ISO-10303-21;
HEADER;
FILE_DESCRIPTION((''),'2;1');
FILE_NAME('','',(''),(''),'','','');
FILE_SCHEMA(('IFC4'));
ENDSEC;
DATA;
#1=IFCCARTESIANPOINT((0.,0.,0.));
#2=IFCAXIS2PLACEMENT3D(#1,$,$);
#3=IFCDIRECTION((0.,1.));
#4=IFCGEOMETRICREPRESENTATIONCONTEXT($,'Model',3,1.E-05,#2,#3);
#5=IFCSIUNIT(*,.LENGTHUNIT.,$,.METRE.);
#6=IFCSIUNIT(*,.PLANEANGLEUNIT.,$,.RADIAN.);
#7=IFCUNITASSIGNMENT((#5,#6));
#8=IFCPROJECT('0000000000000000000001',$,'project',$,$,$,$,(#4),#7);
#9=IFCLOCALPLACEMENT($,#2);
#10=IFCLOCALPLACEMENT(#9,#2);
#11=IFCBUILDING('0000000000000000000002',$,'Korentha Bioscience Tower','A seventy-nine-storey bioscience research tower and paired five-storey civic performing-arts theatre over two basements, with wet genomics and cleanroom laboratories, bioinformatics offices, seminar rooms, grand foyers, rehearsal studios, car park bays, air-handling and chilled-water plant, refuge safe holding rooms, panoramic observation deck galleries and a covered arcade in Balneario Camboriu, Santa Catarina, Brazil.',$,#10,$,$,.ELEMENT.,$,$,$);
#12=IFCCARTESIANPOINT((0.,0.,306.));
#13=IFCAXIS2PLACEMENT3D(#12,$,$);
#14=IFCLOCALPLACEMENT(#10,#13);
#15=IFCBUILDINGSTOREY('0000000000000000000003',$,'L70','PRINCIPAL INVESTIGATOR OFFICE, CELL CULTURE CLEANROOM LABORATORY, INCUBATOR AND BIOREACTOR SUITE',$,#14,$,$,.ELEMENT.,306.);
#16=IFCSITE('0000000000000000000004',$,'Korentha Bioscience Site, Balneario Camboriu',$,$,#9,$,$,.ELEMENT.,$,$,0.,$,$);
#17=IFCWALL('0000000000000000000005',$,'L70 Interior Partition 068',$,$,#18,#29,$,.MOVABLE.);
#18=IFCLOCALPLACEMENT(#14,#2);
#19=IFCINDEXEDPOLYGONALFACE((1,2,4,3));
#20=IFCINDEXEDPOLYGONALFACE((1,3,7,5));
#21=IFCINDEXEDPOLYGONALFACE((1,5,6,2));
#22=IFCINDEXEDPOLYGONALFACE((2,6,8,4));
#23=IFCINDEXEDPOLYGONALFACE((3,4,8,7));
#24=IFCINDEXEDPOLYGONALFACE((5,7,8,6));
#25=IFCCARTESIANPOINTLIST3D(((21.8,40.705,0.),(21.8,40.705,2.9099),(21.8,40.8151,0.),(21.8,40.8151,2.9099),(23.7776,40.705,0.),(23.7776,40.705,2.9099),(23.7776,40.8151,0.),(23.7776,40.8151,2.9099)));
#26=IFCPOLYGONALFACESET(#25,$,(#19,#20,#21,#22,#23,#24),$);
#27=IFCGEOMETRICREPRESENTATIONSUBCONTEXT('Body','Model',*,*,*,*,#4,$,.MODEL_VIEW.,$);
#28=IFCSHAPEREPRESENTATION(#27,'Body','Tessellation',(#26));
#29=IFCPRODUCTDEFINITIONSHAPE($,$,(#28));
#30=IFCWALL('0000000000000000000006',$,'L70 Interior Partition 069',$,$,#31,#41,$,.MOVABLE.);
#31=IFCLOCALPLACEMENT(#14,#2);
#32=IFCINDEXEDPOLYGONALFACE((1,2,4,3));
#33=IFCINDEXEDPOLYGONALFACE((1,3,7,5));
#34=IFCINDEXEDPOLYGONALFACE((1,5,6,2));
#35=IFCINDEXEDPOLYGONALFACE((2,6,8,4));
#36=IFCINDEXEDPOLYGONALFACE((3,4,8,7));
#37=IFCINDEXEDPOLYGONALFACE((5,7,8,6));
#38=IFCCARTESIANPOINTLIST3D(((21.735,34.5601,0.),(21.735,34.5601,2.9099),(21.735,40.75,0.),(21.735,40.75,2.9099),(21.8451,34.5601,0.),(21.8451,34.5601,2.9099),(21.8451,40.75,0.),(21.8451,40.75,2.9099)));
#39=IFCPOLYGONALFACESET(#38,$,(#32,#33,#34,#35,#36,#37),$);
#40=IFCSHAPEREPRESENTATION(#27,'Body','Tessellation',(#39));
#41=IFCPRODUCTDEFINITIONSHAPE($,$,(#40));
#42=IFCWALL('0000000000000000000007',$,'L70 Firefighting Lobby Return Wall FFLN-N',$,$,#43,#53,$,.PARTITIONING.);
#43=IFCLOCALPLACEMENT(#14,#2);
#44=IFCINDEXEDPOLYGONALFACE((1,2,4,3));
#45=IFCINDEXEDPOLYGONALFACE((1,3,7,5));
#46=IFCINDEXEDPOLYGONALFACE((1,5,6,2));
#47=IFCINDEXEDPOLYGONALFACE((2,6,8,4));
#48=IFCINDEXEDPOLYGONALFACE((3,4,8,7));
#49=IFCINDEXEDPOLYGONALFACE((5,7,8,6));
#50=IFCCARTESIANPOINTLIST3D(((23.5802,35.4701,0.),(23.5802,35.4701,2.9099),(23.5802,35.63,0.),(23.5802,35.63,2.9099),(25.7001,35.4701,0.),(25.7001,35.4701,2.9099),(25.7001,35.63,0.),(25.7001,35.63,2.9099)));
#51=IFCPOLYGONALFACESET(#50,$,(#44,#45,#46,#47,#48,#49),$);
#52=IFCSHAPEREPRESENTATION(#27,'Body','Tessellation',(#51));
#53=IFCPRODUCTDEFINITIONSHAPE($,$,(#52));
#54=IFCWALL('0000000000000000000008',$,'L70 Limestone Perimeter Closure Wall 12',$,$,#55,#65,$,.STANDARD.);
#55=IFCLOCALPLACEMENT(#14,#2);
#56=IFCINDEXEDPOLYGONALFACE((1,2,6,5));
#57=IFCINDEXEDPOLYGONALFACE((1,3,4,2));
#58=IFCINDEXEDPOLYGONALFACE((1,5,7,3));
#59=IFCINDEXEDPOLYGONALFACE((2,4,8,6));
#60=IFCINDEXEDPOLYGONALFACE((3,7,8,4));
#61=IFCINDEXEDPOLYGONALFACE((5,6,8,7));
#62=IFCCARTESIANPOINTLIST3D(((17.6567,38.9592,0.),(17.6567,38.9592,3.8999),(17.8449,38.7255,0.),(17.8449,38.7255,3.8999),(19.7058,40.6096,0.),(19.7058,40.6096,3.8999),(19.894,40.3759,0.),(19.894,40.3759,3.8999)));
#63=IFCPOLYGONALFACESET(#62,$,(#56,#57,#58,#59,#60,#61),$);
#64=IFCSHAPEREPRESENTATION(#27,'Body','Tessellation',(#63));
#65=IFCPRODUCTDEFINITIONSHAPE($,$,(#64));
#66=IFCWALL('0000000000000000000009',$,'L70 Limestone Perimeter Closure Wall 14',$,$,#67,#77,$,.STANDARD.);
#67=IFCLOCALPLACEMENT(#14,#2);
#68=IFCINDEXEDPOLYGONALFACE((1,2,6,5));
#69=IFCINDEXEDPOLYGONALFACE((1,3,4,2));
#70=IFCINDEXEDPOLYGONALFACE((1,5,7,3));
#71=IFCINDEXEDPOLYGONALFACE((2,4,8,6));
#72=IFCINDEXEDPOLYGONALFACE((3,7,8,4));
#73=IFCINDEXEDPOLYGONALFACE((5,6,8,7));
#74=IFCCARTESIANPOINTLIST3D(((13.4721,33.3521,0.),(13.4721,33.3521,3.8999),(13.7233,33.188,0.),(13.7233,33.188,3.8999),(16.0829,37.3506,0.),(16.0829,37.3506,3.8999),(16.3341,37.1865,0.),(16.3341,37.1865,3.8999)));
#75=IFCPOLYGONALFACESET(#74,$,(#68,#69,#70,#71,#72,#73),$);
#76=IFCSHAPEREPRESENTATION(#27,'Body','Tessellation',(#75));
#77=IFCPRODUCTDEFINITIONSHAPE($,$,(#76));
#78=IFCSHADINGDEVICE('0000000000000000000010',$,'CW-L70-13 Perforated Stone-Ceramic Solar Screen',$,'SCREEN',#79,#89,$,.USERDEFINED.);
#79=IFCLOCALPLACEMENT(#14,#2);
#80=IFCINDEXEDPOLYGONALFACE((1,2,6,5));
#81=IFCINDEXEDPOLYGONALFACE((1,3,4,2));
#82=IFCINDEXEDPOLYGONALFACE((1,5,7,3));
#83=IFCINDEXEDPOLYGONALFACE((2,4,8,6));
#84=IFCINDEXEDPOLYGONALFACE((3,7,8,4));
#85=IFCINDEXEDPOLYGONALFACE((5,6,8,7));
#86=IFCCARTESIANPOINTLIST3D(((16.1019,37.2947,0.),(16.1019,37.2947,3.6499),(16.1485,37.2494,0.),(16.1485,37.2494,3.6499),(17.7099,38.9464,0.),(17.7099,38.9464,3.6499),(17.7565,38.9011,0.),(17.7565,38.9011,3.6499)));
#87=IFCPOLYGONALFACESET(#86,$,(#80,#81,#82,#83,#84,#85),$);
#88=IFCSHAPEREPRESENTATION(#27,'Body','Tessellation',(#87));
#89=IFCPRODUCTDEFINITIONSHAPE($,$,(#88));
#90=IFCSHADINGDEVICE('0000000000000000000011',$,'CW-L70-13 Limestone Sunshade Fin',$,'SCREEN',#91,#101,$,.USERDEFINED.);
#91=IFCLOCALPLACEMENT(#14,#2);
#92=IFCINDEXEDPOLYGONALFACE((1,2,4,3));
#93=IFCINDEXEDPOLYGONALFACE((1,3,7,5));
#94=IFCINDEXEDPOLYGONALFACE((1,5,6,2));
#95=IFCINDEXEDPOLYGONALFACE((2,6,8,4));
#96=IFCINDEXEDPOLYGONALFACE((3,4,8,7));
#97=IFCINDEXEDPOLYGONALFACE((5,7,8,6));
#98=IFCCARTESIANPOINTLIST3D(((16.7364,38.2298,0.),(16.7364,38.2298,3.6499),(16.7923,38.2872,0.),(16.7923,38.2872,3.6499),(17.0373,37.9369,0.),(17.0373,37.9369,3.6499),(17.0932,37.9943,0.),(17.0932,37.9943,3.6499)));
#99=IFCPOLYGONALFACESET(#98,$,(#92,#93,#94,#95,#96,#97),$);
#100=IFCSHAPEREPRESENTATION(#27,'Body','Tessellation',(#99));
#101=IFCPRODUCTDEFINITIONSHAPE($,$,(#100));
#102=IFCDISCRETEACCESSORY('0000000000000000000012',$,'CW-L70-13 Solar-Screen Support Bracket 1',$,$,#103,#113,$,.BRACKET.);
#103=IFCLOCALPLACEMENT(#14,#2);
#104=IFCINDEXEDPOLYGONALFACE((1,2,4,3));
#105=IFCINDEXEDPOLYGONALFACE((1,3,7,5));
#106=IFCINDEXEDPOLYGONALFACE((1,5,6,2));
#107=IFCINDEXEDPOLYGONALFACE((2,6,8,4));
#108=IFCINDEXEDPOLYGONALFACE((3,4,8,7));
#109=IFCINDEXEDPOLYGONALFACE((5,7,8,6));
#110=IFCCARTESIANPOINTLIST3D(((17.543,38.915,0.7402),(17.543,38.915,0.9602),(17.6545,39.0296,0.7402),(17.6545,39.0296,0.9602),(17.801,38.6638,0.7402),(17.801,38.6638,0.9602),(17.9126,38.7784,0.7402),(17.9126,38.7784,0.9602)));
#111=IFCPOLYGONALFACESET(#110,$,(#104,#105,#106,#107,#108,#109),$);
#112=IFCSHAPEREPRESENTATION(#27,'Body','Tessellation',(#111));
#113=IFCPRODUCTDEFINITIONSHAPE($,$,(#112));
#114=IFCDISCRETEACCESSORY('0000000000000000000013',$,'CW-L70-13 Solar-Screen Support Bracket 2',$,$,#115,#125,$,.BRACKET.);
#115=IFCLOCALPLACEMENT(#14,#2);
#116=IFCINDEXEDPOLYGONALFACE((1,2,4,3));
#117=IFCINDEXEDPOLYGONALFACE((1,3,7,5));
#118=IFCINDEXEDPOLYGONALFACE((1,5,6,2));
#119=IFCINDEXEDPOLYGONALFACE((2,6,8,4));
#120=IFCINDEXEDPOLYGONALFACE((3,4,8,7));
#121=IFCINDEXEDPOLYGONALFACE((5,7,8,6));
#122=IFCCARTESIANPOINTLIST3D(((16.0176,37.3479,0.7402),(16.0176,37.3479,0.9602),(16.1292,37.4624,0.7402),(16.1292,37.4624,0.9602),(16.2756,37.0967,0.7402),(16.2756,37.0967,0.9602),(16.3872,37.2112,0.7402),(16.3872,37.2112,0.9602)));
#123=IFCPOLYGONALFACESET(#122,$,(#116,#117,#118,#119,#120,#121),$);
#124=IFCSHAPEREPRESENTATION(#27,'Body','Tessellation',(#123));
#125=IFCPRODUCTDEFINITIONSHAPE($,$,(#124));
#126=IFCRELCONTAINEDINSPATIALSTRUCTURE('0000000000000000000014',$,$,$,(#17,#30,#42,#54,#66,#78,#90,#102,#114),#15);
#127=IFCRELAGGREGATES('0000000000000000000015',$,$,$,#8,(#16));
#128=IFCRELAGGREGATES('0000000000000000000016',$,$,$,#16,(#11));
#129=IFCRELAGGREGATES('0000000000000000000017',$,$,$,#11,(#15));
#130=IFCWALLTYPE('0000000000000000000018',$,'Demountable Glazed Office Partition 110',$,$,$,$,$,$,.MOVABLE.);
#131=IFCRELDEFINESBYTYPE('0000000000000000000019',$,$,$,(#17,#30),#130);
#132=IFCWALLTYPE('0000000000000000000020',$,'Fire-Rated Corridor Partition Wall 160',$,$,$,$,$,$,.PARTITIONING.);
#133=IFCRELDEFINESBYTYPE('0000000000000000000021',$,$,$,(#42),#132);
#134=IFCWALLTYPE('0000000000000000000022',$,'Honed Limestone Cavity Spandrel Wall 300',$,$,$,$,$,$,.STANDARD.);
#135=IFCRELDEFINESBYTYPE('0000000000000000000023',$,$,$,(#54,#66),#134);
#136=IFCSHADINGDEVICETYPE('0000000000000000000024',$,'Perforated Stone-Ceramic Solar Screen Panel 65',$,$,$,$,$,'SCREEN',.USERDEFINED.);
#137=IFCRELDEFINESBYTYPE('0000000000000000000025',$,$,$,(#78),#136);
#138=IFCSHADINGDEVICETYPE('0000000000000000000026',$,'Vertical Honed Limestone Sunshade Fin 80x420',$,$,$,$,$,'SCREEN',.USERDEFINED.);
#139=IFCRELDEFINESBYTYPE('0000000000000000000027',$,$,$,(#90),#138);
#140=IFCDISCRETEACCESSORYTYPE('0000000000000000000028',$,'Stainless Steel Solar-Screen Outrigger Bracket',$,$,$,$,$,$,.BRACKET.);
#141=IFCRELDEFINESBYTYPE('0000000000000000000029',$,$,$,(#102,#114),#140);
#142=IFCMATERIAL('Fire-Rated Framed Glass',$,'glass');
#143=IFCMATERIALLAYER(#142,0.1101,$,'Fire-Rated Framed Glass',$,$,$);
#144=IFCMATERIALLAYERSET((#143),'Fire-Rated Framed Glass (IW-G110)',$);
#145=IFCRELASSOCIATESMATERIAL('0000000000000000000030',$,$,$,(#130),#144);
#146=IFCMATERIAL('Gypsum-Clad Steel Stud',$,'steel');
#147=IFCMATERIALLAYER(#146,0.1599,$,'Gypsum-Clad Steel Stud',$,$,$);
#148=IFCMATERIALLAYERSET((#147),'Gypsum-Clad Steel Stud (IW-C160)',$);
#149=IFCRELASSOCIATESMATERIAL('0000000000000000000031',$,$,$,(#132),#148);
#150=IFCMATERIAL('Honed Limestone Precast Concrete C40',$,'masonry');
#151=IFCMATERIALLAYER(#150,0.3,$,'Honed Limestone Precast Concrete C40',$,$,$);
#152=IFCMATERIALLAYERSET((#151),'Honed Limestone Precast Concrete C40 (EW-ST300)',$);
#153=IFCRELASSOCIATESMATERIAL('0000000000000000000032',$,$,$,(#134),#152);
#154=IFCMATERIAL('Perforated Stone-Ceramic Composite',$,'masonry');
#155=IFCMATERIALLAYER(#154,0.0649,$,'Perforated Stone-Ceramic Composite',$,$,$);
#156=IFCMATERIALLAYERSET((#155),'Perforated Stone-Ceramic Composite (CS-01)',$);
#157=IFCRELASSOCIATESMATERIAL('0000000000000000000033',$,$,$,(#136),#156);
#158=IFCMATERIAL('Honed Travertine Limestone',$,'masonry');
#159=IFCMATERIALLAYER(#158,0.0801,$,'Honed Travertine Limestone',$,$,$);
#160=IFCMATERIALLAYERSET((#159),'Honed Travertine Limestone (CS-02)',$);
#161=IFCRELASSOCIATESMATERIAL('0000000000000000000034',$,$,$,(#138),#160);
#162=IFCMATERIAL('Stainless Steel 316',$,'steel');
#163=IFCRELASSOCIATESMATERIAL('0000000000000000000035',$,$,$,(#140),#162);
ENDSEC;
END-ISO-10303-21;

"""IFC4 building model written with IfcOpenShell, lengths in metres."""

from ifc_helpers import new_model, si_unit, direction, frame, frame_2d, origin, origin_2d, place, context, subcontext, project, spatial, rectangle, extrude, material, layer, layer_set, type_object, element, save


model = new_model("IFC4")

# Units and contexts
model_context = context("Model", 3, precision=1e-05, world=origin(), true_north=direction((0.0, 1.0)))
body_context = subcontext(model_context, "Body", "Model", "MODEL_VIEW")
ifc_project = project(units=[si_unit("LENGTHUNIT", "METRE"), si_unit("PLANEANGLEUNIT", "RADIAN")], contexts=[model_context])

# Site, building, storey
site_placement = place(None, origin())
site = spatial("IfcSite", under=ifc_project, at=site_placement, Name="Korentha Bioscience Site, Balneario Camboriu", CompositionType="ELEMENT", RefElevation=0.0)
building_placement = place(site_placement, origin())
building = spatial("IfcBuilding", under=site, at=building_placement, Name="Korentha Bioscience Tower", Description="A seventy-nine-storey bioscience research tower and paired five-storey civic performing-arts theatre over two basements, with wet genomics and cleanroom laboratories, bioinformatics offices, seminar rooms, grand foyers, rehearsal studios, car park bays, air-handling and chilled-water plant, refuge safe holding rooms, panoramic observation deck galleries and a covered arcade in Balneario Camboriu, Santa Catarina, Brazil.", CompositionType="ELEMENT")
storey_placement = place(building_placement, frame((0.0, 0.0, 306.0)))
storey = spatial("IfcBuildingStorey", under=building, at=storey_placement, Name="L70", Description="PRINCIPAL INVESTIGATOR OFFICE, CELL CULTURE CLEANROOM LABORATORY, INCUBATOR AND BIOREACTOR SUITE", CompositionType="ELEMENT", Elevation=306.0)

# Walls
ifc_material_1 = material(Name="Fire-Rated Framed Glass", Category="glass")
ifc_layer_1 = layer(ifc_material_1, 0.1101, Name="Fire-Rated Framed Glass")
ifc_layer_set_1 = layer_set([ifc_layer_1], Name="Fire-Rated Framed Glass (IW-G110)")
wall_type_1 = type_object("IfcWallType", Name="Demountable Glazed Office Partition 110", PredefinedType="MOVABLE", material=ifc_layer_set_1)
wall_1_placement = place(storey_placement, frame((23.7776, 40.76, 0.0), z_axis=(0.0, 0.0, 1.0), x_axis=(-1.0, 0.0, 0.0)))
element("IfcWall", 1, at=wall_1_placement, inside=storey, type_object=wall_type_1, Name="L70 Interior Partition 068", PredefinedType="MOVABLE", context=body_context, shape_type="SweptSolid", body=[
    extrude(rectangle(XDim=1.9775, YDim=0.1101, at=frame_2d((0.9888, 0.0))), origin(), (0.0, 0.0, 1.0), 2.9099),
])
wall_2_placement = place(storey_placement, frame((21.79, 40.75, 0.0), z_axis=(0.0, 0.0, 1.0), x_axis=(0.0, -1.0, 0.0)))
element("IfcWall", 2, at=wall_2_placement, inside=storey, type_object=wall_type_1, Name="L70 Interior Partition 069", PredefinedType="MOVABLE", context=body_context, shape_type="SweptSolid", body=[
    extrude(rectangle(XDim=6.1899, YDim=0.1101, at=frame_2d((3.095, 0.0))), origin(), (0.0, 0.0, 1.0), 2.9099),
])
ifc_material_2 = material(Name="Gypsum-Clad Steel Stud", Category="steel")
ifc_layer_2 = layer(ifc_material_2, 0.1599, Name="Gypsum-Clad Steel Stud")
ifc_layer_set_2 = layer_set([ifc_layer_2], Name="Gypsum-Clad Steel Stud (IW-C160)")
wall_type_2 = type_object("IfcWallType", Name="Fire-Rated Corridor Partition Wall 160", PredefinedType="PARTITIONING", material=ifc_layer_set_2)
wall_3_placement = place(storey_placement, frame((23.5801, 35.55, 0.0), z_axis=(0.0, 0.0, 1.0), x_axis=(1.0, 0.0, 0.0)))
element("IfcWall", 3, at=wall_3_placement, inside=storey, type_object=wall_type_2, Name="L70 Firefighting Lobby Return Wall FFLN-N", PredefinedType="PARTITIONING", context=body_context, shape_type="SweptSolid", body=[
    extrude(rectangle(XDim=2.1199, YDim=0.1599, at=frame_2d((1.0601, 0.0))), origin(), (0.0, 0.0, 1.0), 2.9099),
])
ifc_material_3 = material(Name="Honed Limestone Precast Concrete C40", Category="masonry")
ifc_layer_3 = layer(ifc_material_3, 0.3, Name="Honed Limestone Precast Concrete C40")
ifc_layer_set_3 = layer_set([ifc_layer_3], Name="Honed Limestone Precast Concrete C40 (EW-ST300)")
wall_type_3 = type_object("IfcWallType", Name="Honed Limestone Cavity Spandrel Wall 300", PredefinedType="STANDARD", material=ifc_layer_set_3)
wall_4_placement = place(storey_placement, frame((19.7998, 40.4927, 0.0), z_axis=(0.0, 0.0, 1.0), x_axis=(-0.7788, -0.627272, 0.0)))
element("IfcWall", 4, at=wall_4_placement, inside=storey, type_object=wall_type_3, Name="L70 Limestone Perimeter Closure Wall 12", PredefinedType="STANDARD", context=body_context, shape_type="SweptSolid", body=[
    extrude(rectangle(XDim=2.6311, YDim=0.3, at=frame_2d((1.3154, 0.0))), origin(), (0.0, 0.0, 1.0), 3.8999),
])
wall_5_placement = place(storey_placement, frame((16.2085, 37.2686, 0.0), z_axis=(0.0, 0.0, 1.0), x_axis=(-0.546723, -0.837313, 0.0)))
element("IfcWall", 5, at=wall_5_placement, inside=storey, type_object=wall_type_3, Name="L70 Limestone Perimeter Closure Wall 14", PredefinedType="STANDARD", context=body_context, shape_type="SweptSolid", body=[
    extrude(rectangle(XDim=4.7754, YDim=0.3, at=frame_2d((2.3877, 0.0))), origin(), (0.0, 0.0, 1.0), 3.8999),
])

# Shading devices
ifc_material_4 = material(Name="Perforated Stone-Ceramic Composite", Category="masonry")
ifc_layer_4 = layer(ifc_material_4, 0.0649, Name="Perforated Stone-Ceramic Composite")
ifc_layer_set_4 = layer_set([ifc_layer_4], Name="Perforated Stone-Ceramic Composite (CS-01)")
shading_device_type_1 = type_object("IfcShadingDeviceType", Name="Perforated Stone-Ceramic Solar Screen Panel 65", ElementType="SCREEN", PredefinedType="USERDEFINED", material=ifc_layer_set_4)
shading_device_1_placement = place(storey_placement, frame((16.9292, 38.0979, 0.0), z_axis=(0.0, 0.0, 1.0), x_axis=(-0.697567, -0.716519, 0.0)))
element("IfcShadingDevice", 6, at=shading_device_1_placement, inside=storey, type_object=shading_device_type_1, Name="CW-L70-13 Perforated Stone-Ceramic Solar Screen", ObjectType="SCREEN", PredefinedType="USERDEFINED", context=body_context, shape_type="SweptSolid", body=[
    extrude(rectangle(XDim=2.3052, YDim=0.0649, at=origin_2d()), origin(), (0.0, 0.0, 1.0), 3.6499),
])
ifc_material_5 = material(Name="Honed Travertine Limestone", Category="masonry")
ifc_layer_5 = layer(ifc_material_5, 0.0801, Name="Honed Travertine Limestone")
ifc_layer_set_5 = layer_set([ifc_layer_5], Name="Honed Travertine Limestone (CS-02)")
shading_device_type_2 = type_object("IfcShadingDeviceType", Name="Vertical Honed Limestone Sunshade Fin 80x420", ElementType="SCREEN", PredefinedType="USERDEFINED", material=ifc_layer_set_5)
shading_device_2_placement = place(storey_placement, frame((16.9148, 38.1121, 0.0), z_axis=(0.0, 0.0, 1.0), x_axis=(-0.697567, -0.716519, 0.0)))
element("IfcShadingDevice", 7, at=shading_device_2_placement, inside=storey, type_object=shading_device_type_2, Name="CW-L70-13 Limestone Sunshade Fin", ObjectType="SCREEN", PredefinedType="USERDEFINED", context=body_context, shape_type="SweptSolid", body=[
    extrude(rectangle(XDim=0.0801, YDim=0.4199, at=origin_2d()), origin(), (0.0, 0.0, 1.0), 3.6499),
])

# Discrete accessories
ifc_material_6 = material(Name="Stainless Steel 316", Category="steel")
discrete_accessory_type = type_object("IfcDiscreteAccessoryType", Name="Stainless Steel Solar-Screen Outrigger Bracket", PredefinedType="BRACKET", material=ifc_material_6)
for number, where, z_axis, x_axis, name in (
    (8, (17.7278, 38.8467, 0.7402), (0.0, 0.0, 1.0), (-0.697567, -0.716519, 0.0), "CW-L70-13 Solar-Screen Support Bracket 1"),
    (9, (16.2024, 37.2795, 0.7402), (0.0, 0.0, 1.0), (-0.697567, -0.716519, 0.0), "CW-L70-13 Solar-Screen Support Bracket 2"),
):
    element("IfcDiscreteAccessory", number, at=place(storey_placement, frame(where, z_axis=z_axis, x_axis=x_axis)), inside=storey, type_object=discrete_accessory_type, Name=name, PredefinedType="BRACKET", context=body_context, shape_type="SweptSolid", body=[
        extrude(rectangle(XDim=0.1599, YDim=0.3601, at=origin_2d()), origin(), (0.0, 0.0, 1.0), 0.22),
    ])

save(model, "model.ifc")
